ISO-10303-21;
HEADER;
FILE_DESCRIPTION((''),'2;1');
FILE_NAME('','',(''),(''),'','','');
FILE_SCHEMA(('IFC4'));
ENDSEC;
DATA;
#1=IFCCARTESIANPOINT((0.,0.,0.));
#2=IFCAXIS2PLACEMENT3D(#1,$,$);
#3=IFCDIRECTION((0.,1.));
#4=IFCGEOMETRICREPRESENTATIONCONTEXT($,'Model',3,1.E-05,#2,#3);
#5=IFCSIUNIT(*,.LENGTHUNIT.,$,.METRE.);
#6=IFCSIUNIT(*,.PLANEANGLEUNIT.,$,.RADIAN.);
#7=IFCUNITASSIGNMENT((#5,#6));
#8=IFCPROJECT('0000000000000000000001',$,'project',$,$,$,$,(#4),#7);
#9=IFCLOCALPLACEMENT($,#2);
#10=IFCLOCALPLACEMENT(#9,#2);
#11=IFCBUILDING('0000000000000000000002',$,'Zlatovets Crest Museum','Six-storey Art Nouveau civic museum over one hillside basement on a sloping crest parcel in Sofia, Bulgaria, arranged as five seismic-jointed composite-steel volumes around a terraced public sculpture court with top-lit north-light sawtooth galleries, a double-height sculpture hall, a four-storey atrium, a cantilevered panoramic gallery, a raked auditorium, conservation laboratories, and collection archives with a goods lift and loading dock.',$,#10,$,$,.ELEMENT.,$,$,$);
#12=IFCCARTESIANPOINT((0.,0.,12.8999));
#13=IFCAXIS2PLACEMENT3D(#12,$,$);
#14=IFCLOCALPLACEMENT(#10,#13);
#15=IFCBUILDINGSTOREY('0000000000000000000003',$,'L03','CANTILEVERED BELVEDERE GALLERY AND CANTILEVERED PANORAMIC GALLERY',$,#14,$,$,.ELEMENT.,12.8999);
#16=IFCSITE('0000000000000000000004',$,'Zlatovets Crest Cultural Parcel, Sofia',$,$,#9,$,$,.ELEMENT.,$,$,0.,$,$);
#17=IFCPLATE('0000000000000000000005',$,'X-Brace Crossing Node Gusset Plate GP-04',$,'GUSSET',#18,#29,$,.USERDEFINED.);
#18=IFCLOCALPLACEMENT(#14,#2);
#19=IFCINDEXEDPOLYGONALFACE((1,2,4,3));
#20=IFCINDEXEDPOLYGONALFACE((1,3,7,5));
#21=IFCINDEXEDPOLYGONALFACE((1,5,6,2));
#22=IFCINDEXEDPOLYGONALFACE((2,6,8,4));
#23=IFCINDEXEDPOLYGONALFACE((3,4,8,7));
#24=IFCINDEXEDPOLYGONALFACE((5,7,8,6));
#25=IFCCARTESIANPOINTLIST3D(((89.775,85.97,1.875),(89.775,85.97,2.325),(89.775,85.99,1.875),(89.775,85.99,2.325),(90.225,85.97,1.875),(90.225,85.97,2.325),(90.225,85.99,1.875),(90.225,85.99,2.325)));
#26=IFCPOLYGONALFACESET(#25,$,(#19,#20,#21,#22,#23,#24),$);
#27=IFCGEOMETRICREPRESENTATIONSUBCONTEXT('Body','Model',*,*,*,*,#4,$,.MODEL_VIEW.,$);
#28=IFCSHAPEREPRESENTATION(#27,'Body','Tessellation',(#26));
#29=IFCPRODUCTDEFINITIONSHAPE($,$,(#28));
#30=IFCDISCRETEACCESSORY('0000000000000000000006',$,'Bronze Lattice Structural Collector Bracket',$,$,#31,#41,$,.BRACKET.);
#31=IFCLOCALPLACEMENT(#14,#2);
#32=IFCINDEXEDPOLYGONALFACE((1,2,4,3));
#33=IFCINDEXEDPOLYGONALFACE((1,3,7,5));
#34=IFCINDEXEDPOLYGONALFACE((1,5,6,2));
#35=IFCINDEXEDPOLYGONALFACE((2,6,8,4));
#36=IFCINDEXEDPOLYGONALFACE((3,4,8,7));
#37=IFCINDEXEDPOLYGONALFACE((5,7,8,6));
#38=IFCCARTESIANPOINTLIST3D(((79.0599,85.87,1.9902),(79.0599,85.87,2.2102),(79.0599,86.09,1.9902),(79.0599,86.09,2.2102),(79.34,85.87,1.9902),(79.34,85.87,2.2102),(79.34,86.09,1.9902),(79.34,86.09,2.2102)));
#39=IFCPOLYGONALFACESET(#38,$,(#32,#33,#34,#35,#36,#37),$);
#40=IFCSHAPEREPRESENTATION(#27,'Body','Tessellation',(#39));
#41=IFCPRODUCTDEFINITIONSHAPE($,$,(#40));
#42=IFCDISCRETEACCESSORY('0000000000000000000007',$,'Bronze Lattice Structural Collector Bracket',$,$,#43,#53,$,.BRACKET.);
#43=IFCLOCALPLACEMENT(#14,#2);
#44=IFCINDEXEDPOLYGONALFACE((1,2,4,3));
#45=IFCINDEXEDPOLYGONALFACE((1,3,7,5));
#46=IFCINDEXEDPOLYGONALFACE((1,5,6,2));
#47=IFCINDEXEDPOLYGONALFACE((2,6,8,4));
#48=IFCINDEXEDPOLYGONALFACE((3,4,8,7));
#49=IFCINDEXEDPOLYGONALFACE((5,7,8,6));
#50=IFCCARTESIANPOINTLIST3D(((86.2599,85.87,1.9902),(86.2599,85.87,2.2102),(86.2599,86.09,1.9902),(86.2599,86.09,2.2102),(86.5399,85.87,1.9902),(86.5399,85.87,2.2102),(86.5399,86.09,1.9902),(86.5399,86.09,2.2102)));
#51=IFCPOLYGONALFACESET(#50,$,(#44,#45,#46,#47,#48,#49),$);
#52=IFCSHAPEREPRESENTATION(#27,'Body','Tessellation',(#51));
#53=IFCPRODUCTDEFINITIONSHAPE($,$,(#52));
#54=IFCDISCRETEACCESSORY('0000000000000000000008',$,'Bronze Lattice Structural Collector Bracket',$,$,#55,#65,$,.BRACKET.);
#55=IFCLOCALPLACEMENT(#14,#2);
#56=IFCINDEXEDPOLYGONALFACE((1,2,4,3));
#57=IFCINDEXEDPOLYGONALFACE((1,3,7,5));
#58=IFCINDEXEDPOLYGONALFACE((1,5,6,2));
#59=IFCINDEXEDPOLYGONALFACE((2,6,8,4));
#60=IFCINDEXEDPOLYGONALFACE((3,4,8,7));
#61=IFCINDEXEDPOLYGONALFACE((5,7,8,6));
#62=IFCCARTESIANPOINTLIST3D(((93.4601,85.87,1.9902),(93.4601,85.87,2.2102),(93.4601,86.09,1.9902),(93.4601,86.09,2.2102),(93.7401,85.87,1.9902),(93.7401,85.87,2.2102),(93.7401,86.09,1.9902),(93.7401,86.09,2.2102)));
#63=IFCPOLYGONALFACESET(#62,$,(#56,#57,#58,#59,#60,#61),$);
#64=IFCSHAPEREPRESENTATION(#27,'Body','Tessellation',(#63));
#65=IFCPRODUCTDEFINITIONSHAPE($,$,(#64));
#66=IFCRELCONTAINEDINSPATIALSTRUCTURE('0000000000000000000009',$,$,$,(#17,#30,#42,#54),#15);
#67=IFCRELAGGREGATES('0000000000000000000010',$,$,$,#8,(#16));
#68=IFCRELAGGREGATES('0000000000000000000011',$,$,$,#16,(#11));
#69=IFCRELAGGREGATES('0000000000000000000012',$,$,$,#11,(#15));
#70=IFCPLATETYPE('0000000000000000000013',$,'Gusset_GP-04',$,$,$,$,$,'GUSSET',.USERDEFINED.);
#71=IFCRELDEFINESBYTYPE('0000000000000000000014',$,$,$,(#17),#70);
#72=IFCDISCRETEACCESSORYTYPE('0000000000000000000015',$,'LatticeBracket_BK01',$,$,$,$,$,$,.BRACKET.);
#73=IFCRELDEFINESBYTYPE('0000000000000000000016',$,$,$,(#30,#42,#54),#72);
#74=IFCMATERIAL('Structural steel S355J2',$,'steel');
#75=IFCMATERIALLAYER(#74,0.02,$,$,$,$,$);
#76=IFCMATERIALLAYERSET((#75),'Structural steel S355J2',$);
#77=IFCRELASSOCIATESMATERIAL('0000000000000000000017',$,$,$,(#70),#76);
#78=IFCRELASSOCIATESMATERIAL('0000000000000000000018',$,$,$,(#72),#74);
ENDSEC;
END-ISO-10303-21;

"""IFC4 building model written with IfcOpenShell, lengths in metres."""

from ifc_helpers import new_model, si_unit, direction, frame, origin, origin_2d, place, context, subcontext, project, spatial, rectangle, extrude, material, layer, layer_set, type_object, element, save


model = new_model("IFC4")

# Units and contexts
model_context = context("Model", 3, precision=1e-05, world=origin(), true_north=direction((0.0, 1.0)))
body_context = subcontext(model_context, "Body", "Model", "MODEL_VIEW")
ifc_project = project(units=[si_unit("LENGTHUNIT", "METRE"), si_unit("PLANEANGLEUNIT", "RADIAN")], contexts=[model_context])

# Site, building, storey
site_placement = place(None, origin())
site = spatial("IfcSite", under=ifc_project, at=site_placement, Name="Zlatovets Crest Cultural Parcel, Sofia", CompositionType="ELEMENT", RefElevation=0.0)
building_placement = place(site_placement, origin())
building = spatial("IfcBuilding", under=site, at=building_placement, Name="Zlatovets Crest Museum", Description="Six-storey Art Nouveau civic museum over one hillside basement on a sloping crest parcel in Sofia, Bulgaria, arranged as five seismic-jointed composite-steel volumes around a terraced public sculpture court with top-lit north-light sawtooth galleries, a double-height sculpture hall, a four-storey atrium, a cantilevered panoramic gallery, a raked auditorium, conservation laboratories, and collection archives with a goods lift and loading dock.", CompositionType="ELEMENT")
storey_placement = place(building_placement, frame((0.0, 0.0, 12.8999)))
storey = spatial("IfcBuildingStorey", under=building, at=storey_placement, Name="L03", Description="CANTILEVERED BELVEDERE GALLERY AND CANTILEVERED PANORAMIC GALLERY", CompositionType="ELEMENT", Elevation=12.8999)

# Plate
ifc_material_1 = material(Name="Structural steel S355J2", Category="steel")
ifc_layer_1 = layer(ifc_material_1, 0.02)
ifc_layer_set_1 = layer_set([ifc_layer_1], Name="Structural steel S355J2")
plate_type_1 = type_object("IfcPlateType", Name="Gusset_GP-04", ElementType="GUSSET", PredefinedType="USERDEFINED", material=ifc_layer_set_1)
for number, where, z_axis, x_axis, name in (
    (1, (90.0, 85.98, 1.875), (0.0, 0.0, 1.0), (1.0, 0.0, 0.0), "X-Brace Crossing Node Gusset Plate GP-04"),
):
    element("IfcPlate", number, at=place(storey_placement, frame(where, z_axis=z_axis, x_axis=x_axis)), inside=storey, type_object=plate_type_1, Name=name, ObjectType="GUSSET", PredefinedType="USERDEFINED", context=body_context, shape_type="SweptSolid", body=[
        extrude(rectangle(XDim=0.45, YDim=0.02, at=origin_2d()), origin(), (0.0, 0.0, 1.0), 0.45),
    ])

# Discrete accessories
discrete_accessory_type = type_object("IfcDiscreteAccessoryType", Name="LatticeBracket_BK01", PredefinedType="BRACKET", material=ifc_material_1)
for number, where, z_axis, x_axis, name in (
    (2, (79.2, 85.98, 1.9902), (0.0, 0.0, 1.0), (1.0, 0.0, 0.0), "Bronze Lattice Structural Collector Bracket"),
    (3, (86.3999, 85.98, 1.9902), (0.0, 0.0, 1.0), (1.0, 0.0, 0.0), "Bronze Lattice Structural Collector Bracket"),
    (4, (93.6001, 85.98, 1.9902), (0.0, 0.0, 1.0), (1.0, 0.0, 0.0), "Bronze Lattice Structural Collector Bracket"),
):
    element("IfcDiscreteAccessory", number, at=place(storey_placement, frame(where, z_axis=z_axis, x_axis=x_axis)), inside=storey, type_object=discrete_accessory_type, Name=name, PredefinedType="BRACKET", context=body_context, shape_type="SweptSolid", body=[
        extrude(rectangle(XDim=0.28, YDim=0.22, at=origin_2d()), origin(), (0.0, 0.0, 1.0), 0.22),
    ])

save(model, "model.ifc")
